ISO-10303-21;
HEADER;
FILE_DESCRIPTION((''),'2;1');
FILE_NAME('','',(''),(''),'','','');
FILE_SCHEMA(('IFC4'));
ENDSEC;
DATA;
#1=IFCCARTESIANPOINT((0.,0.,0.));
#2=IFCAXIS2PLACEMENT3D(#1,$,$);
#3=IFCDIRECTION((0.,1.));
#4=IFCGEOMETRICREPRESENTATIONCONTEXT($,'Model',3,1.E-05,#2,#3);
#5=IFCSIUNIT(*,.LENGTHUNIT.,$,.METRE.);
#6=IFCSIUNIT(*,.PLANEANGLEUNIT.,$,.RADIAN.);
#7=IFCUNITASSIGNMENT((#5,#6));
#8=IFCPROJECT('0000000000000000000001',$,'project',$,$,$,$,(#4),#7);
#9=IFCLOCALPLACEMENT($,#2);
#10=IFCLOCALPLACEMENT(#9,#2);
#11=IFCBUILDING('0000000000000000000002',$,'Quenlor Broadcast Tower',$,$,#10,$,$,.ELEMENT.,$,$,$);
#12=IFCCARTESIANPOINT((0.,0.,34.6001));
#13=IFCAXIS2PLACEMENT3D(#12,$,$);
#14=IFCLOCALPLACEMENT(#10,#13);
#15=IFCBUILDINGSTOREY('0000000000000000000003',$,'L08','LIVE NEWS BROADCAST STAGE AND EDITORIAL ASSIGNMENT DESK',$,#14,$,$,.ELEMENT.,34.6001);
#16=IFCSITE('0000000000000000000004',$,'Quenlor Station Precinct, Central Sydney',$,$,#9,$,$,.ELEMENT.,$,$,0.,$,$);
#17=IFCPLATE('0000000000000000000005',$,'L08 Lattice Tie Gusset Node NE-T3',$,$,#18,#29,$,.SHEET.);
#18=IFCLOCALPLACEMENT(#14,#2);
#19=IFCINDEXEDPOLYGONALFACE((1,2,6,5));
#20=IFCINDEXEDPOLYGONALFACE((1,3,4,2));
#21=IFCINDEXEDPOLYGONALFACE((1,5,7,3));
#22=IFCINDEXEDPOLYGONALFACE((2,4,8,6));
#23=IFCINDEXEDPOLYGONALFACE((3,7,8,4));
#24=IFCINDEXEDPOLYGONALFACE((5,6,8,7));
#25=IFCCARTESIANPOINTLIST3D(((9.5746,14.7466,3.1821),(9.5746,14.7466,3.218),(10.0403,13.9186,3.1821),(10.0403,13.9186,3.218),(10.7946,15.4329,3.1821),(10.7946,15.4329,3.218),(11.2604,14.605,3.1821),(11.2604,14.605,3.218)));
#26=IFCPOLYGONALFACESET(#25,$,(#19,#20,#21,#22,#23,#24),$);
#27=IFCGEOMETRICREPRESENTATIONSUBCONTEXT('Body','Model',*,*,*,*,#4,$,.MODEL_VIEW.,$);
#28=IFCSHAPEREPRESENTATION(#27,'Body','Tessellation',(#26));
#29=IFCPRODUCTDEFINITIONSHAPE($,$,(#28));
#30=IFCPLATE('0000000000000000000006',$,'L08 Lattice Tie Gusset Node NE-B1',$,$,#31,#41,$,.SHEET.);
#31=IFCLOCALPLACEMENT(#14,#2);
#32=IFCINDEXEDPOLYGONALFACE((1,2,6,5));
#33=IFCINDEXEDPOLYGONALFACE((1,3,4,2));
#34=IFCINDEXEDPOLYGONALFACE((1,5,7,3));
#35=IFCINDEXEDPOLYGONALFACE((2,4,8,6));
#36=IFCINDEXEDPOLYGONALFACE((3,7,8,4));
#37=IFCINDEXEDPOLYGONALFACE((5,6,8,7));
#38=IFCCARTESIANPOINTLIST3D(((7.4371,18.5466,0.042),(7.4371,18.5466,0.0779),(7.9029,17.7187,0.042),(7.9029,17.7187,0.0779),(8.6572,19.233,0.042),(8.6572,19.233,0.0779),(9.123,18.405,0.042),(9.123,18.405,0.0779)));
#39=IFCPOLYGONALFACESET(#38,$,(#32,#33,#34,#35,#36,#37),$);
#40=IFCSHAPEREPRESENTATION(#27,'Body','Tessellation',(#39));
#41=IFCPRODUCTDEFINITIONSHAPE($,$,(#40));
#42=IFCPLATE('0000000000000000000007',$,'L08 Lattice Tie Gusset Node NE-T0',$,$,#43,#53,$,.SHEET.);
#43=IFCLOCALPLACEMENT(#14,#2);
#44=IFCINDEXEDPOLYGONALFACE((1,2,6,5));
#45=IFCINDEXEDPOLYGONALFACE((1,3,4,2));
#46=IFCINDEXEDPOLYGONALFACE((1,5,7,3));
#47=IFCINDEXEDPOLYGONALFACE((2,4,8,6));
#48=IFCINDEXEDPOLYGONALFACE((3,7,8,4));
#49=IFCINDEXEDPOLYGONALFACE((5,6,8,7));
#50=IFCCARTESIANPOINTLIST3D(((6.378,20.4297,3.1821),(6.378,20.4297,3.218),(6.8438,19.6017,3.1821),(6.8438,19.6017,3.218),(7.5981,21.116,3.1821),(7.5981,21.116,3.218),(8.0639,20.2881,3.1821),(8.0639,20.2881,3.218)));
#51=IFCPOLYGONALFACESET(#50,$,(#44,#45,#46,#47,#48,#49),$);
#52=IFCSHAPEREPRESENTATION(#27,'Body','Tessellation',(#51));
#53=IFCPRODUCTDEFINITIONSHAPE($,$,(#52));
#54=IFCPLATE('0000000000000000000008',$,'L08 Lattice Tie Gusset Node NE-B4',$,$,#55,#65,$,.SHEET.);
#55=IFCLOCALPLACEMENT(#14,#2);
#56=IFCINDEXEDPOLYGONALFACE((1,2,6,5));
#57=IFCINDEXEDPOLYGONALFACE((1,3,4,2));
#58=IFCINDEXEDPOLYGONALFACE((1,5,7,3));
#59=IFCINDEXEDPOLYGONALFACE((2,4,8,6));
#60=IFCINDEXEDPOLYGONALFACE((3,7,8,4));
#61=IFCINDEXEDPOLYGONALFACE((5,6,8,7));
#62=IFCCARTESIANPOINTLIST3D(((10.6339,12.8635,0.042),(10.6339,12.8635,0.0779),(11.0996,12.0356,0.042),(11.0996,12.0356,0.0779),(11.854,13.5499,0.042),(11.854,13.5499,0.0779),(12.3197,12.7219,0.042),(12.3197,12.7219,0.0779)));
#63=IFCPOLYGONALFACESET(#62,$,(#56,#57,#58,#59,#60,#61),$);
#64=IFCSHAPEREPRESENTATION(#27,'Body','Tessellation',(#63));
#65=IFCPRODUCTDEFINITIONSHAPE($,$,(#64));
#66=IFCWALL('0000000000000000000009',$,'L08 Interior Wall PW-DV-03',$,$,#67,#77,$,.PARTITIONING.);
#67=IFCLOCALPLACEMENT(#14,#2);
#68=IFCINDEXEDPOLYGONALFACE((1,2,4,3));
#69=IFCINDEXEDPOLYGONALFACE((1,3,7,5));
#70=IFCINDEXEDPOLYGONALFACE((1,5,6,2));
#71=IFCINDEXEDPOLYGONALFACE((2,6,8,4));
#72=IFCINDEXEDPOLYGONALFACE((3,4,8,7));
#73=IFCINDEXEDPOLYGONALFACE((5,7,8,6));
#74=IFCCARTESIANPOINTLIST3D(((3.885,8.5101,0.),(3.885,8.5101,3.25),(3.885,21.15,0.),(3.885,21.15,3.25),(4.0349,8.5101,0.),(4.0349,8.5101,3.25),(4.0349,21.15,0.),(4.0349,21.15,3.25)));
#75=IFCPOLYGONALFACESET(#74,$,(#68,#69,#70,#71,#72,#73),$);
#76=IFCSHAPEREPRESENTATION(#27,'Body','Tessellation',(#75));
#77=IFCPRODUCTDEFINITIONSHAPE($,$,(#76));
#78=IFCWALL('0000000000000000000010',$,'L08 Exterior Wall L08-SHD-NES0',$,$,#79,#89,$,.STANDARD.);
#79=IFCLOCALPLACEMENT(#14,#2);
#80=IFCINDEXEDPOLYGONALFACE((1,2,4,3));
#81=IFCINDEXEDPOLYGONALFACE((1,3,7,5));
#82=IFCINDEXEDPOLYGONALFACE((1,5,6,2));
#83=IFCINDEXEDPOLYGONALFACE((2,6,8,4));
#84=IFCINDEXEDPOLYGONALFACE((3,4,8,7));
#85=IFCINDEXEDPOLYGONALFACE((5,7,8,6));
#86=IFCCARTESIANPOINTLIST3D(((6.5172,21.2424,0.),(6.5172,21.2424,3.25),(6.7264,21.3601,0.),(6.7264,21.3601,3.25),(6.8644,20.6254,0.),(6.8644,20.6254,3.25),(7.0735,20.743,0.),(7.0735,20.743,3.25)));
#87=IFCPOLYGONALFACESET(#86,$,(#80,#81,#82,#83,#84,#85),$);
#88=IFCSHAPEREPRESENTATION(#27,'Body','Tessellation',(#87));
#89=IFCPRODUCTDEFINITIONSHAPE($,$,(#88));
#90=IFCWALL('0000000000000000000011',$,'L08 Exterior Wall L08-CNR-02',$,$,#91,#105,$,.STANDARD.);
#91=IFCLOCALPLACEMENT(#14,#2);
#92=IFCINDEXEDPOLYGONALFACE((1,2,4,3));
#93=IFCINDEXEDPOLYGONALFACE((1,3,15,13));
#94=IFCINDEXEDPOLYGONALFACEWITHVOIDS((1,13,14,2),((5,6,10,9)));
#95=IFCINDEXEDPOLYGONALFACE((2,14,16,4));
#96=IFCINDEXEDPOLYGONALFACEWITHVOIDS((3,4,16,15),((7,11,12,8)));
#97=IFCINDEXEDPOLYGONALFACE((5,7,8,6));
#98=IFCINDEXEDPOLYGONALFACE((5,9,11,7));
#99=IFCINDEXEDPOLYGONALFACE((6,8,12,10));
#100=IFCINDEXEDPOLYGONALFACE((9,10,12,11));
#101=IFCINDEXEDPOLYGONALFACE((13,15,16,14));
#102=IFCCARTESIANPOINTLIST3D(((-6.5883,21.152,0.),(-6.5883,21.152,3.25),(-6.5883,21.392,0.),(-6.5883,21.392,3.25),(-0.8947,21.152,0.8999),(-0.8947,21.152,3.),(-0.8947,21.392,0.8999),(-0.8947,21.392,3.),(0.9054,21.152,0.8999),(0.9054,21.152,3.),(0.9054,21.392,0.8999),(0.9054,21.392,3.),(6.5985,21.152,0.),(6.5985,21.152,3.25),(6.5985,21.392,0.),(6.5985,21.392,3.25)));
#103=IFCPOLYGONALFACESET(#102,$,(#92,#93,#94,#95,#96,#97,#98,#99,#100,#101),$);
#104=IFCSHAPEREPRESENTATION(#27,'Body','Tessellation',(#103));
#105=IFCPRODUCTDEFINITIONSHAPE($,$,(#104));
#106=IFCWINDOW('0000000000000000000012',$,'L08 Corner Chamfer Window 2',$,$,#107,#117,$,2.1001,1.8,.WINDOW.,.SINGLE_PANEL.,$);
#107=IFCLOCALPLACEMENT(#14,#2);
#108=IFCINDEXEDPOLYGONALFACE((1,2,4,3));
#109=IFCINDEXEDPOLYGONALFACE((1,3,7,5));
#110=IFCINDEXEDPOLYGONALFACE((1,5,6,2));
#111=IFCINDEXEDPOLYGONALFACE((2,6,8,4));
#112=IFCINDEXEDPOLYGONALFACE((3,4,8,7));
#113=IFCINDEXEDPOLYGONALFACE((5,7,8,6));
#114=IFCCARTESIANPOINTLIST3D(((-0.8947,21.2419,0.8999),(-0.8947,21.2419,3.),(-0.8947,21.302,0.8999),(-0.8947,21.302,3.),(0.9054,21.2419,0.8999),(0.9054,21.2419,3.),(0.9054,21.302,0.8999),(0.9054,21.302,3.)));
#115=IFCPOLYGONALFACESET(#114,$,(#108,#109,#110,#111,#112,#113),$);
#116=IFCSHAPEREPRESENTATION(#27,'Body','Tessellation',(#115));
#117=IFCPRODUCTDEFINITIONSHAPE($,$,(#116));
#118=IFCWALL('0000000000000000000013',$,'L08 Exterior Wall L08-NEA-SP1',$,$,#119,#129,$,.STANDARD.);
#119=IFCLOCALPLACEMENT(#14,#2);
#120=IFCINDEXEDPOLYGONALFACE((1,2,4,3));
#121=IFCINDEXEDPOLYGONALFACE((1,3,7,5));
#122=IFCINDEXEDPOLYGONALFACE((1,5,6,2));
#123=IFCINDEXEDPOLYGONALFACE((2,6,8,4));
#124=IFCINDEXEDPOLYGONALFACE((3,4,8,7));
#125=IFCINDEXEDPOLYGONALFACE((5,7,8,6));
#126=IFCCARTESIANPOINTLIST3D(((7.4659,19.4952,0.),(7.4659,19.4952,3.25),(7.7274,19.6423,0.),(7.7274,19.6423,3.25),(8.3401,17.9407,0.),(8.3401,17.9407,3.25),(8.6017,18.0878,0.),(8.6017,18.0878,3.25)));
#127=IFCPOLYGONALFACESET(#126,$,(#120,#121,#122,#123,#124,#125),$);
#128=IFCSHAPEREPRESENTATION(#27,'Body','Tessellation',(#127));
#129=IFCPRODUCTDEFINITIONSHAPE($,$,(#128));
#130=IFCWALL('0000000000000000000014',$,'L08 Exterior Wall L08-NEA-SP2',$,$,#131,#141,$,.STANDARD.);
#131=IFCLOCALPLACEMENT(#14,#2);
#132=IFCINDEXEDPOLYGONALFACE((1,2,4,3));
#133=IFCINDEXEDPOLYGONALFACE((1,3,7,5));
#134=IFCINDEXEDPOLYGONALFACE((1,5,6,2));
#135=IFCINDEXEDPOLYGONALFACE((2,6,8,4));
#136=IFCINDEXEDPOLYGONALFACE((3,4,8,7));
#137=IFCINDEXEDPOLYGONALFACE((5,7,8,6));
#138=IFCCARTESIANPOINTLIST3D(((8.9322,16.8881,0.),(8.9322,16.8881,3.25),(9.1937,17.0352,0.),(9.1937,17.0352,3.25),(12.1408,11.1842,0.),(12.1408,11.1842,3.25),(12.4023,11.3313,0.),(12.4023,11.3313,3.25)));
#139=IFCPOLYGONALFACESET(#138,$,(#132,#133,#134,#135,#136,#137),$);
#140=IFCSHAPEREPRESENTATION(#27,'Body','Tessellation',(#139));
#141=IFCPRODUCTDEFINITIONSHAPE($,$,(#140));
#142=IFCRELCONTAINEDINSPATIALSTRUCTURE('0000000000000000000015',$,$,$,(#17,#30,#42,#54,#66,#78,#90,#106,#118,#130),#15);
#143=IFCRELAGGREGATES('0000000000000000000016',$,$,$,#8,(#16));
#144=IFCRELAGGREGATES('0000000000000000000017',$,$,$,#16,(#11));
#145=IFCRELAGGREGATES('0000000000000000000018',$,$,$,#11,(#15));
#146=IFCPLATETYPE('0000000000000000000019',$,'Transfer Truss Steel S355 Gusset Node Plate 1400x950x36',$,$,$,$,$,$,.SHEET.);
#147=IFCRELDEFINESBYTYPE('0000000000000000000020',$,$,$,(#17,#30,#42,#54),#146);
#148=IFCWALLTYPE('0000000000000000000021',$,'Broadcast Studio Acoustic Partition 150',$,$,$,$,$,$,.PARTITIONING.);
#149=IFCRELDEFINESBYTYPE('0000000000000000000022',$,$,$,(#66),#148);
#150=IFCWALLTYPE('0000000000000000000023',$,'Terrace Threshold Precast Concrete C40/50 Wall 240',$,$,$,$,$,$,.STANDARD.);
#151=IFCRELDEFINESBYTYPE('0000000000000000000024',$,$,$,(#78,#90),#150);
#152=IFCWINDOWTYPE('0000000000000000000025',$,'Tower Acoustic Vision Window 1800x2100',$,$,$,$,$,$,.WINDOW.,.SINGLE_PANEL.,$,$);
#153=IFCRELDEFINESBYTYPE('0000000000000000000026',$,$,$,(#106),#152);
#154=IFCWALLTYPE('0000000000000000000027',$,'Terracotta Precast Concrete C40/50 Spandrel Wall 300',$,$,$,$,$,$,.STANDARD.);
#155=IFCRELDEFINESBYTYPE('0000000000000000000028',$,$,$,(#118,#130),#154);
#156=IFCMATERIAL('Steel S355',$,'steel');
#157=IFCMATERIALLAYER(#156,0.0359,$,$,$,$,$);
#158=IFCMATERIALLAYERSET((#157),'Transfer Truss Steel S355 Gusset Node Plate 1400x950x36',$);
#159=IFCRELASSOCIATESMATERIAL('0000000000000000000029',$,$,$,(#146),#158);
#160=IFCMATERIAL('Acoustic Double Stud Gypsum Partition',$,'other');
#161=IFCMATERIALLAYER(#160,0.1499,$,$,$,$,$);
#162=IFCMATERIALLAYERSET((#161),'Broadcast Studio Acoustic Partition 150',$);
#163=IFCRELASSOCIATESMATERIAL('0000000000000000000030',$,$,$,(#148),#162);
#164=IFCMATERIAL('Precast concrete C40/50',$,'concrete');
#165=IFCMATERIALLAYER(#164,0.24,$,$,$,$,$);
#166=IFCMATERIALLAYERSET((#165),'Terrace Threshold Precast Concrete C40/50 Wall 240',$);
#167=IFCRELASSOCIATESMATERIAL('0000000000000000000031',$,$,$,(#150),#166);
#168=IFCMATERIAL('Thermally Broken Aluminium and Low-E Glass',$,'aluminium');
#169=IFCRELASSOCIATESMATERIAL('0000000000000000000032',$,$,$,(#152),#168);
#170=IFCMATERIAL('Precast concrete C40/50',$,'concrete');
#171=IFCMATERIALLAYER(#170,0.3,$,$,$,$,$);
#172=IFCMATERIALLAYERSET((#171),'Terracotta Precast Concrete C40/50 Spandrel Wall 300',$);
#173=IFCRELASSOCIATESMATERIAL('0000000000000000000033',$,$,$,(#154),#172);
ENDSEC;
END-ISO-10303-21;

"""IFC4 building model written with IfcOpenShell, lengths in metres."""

from ifc_helpers import new_model, si_unit, direction, frame, frame_2d, origin, origin_2d, place, context, subcontext, project, spatial, rectangle, extrude, material, layer, layer_set, type_object, element, fill, save


model = new_model("IFC4")

# Units and contexts
model_context = context("Model", 3, precision=1e-05, world=origin(), true_north=direction((0.0, 1.0)))
body_context = subcontext(model_context, "Body", "Model", "MODEL_VIEW")
ifc_project = project(units=[si_unit("LENGTHUNIT", "METRE"), si_unit("PLANEANGLEUNIT", "RADIAN")], contexts=[model_context])

# Site, building, storey
site_placement = place(None, origin())
site = spatial("IfcSite", under=ifc_project, at=site_placement, Name="Quenlor Station Precinct, Central Sydney", CompositionType="ELEMENT", RefElevation=0.0)
building_placement = place(site_placement, origin())
building = spatial("IfcBuilding", under=site, at=building_placement, Name="Quenlor Broadcast Tower", CompositionType="ELEMENT")
storey_placement = place(building_placement, frame((0.0, 0.0, 34.6001)))
storey = spatial("IfcBuildingStorey", under=building, at=storey_placement, Name="L08", Description="LIVE NEWS BROADCAST STAGE AND EDITORIAL ASSIGNMENT DESK", CompositionType="ELEMENT", Elevation=34.6001)

# Plates
ifc_material_1 = material(Name="Steel S355", Category="steel")
ifc_layer_1 = layer(ifc_material_1, 0.0359)
ifc_layer_set_1 = layer_set([ifc_layer_1], Name="Transfer Truss Steel S355 Gusset Node Plate 1400x950x36")
plate_type_1 = type_object("IfcPlateType", Name="Transfer Truss Steel S355 Gusset Node Plate 1400x950x36", PredefinedType="SHEET", material=ifc_layer_set_1)
for number, where, z_axis, x_axis, name in (
    (1, (10.4175, 14.6758, 3.1821), (0.0, 0.0, 1.0), (0.871556, 0.490295, 0.0), "L08 Lattice Tie Gusset Node NE-T3"),
    (2, (8.28, 18.4758, 0.042), (0.0, 0.0, 1.0), (0.871556, 0.490295, 0.0), "L08 Lattice Tie Gusset Node NE-B1"),
    (3, (7.2209, 20.3589, 3.1821), (0.0, 0.0, 1.0), (0.871556, 0.490295, 0.0), "L08 Lattice Tie Gusset Node NE-T0"),
    (4, (11.4768, 12.7927, 0.042), (0.0, 0.0, 1.0), (0.871556, 0.490295, 0.0), "L08 Lattice Tie Gusset Node NE-B4"),
):
    element("IfcPlate", number, at=place(storey_placement, frame(where, z_axis=z_axis, x_axis=x_axis)), inside=storey, type_object=plate_type_1, Name=name, PredefinedType="SHEET", context=body_context, shape_type="SweptSolid", body=[
        extrude(rectangle(XDim=1.3999, YDim=0.95, at=origin_2d()), origin(), (0.0, 0.0, 1.0), 0.0359),
    ])

# Walls
ifc_material_2 = material(Name="Acoustic Double Stud Gypsum Partition", Category="other")
ifc_layer_2 = layer(ifc_material_2, 0.1499)
ifc_layer_set_2 = layer_set([ifc_layer_2], Name="Broadcast Studio Acoustic Partition 150")
wall_type_1 = type_object("IfcWallType", Name="Broadcast Studio Acoustic Partition 150", PredefinedType="PARTITIONING", material=ifc_layer_set_2)
wall_1_placement = place(storey_placement, frame((3.96, 21.1499, 0.0), z_axis=(0.0, 0.0, 1.0), x_axis=(0.0, -1.0, 0.0)))
element("IfcWall", 5, at=wall_1_placement, inside=storey, type_object=wall_type_1, Name="L08 Interior Wall PW-DV-03", PredefinedType="PARTITIONING", context=body_context, shape_type="SweptSolid", body=[
    extrude(rectangle(XDim=12.6399, YDim=0.1499, at=frame_2d((6.3198, 0.0))), origin(), (0.0, 0.0, 1.0), 3.25),
])
ifc_material_3 = material(Name="Precast concrete C40/50", Category="concrete")
ifc_layer_3 = layer(ifc_material_3, 0.24)
ifc_layer_set_3 = layer_set([ifc_layer_3], Name="Terrace Threshold Precast Concrete C40/50 Wall 240")
wall_type_2 = type_object("IfcWallType", Name="Terrace Threshold Precast Concrete C40/50 Wall 240", PredefinedType="STANDARD", material=ifc_layer_set_3)
wall_2_placement = place(storey_placement, frame((6.6218, 21.3013, 0.0), z_axis=(0.0, 0.0, 1.0), x_axis=(0.490261, -0.871576, 0.0)))
element("IfcWall", 6, at=wall_2_placement, inside=storey, type_object=wall_type_2, Name="L08 Exterior Wall L08-SHD-NES0", PredefinedType="STANDARD", context=body_context, shape_type="SweptSolid", body=[
    extrude(rectangle(XDim=0.708, YDim=0.24, at=frame_2d((0.354, 0.0))), origin(), (0.0, 0.0, 1.0), 3.25),
])

# Wall, opening, window
wall_3_placement = place(storey_placement, frame((6.5984, 21.272, 0.0), z_axis=(0.0, 0.0, 1.0), x_axis=(-1.0, 0.0, 0.0)))
wall_3 = element("IfcWall", 7, at=wall_3_placement, inside=storey, type_object=wall_type_2, Name="L08 Exterior Wall L08-CNR-02", PredefinedType="STANDARD", context=body_context, shape_type="SweptSolid", body=[
    extrude(rectangle(XDim=13.1868, YDim=0.24, at=frame_2d((6.5933, 0.0))), origin(), (0.0, 0.0, 1.0), 3.25),
])
opening_placement = place(wall_3_placement, frame((5.6931, 0.0, 0.8999)))
opening = element("IfcOpeningElement", 8, at=opening_placement, cuts=wall_3, PredefinedType="OPENING", context=body_context, shape_type="SweptSolid", body=[
    extrude(rectangle(XDim=1.8, YDim=2.1001, at=frame_2d((0.8999, 1.05))), frame((0.0, 0.1299, 0.0), z_axis=(0.0, -1.0, 0.0), x_axis=(1.0, 0.0, 0.0)), (0.0, 0.0, 1.0), 0.26),
])
ifc_material_4 = material(Name="Thermally Broken Aluminium and Low-E Glass", Category="aluminium")
window_type = type_object("IfcWindowType", Name="Tower Acoustic Vision Window 1800x2100", PartitioningType="SINGLE_PANEL", PredefinedType="WINDOW", material=ifc_material_4)
window_placement = place(opening_placement, origin())
window = element("IfcWindow", 9, at=window_placement, inside=storey, type_object=window_type, Name="L08 Corner Chamfer Window 2", OverallHeight=2.1001, OverallWidth=1.8, PartitioningType="SINGLE_PANEL", PredefinedType="WINDOW", context=body_context, shape_type="SweptSolid", body=[
    extrude(rectangle(XDim=1.8, YDim=2.1001, at=frame_2d((0.8999, 1.05))), frame((0.0, 0.03, 0.0), z_axis=(0.0, -1.0, 0.0), x_axis=(1.0, 0.0, 0.0)), (0.0, 0.0, 1.0), 0.0601),
])
fill(opening, window)

# Walls
ifc_material_5 = material(Name="Precast concrete C40/50", Category="concrete")
ifc_layer_4 = layer(ifc_material_5, 0.3)
ifc_layer_set_4 = layer_set([ifc_layer_4], Name="Terracotta Precast Concrete C40/50 Spandrel Wall 300")
wall_type_3 = type_object("IfcWallType", Name="Terracotta Precast Concrete C40/50 Spandrel Wall 300", PredefinedType="STANDARD", material=ifc_layer_set_4)
wall_4_placement = place(storey_placement, frame((7.5967, 19.5686, 0.0), z_axis=(0.0, 0.0, 1.0), x_axis=(0.490216, -0.871601, 0.0)))
element("IfcWall", 10, at=wall_4_placement, inside=storey, type_object=wall_type_3, Name="L08 Exterior Wall L08-NEA-SP1", PredefinedType="STANDARD", context=body_context, shape_type="SweptSolid", body=[
    extrude(rectangle(XDim=1.7834, YDim=0.3, at=frame_2d((0.8916, 0.0))), origin(), (0.0, 0.0, 1.0), 3.25),
])
wall_5_placement = place(storey_placement, frame((9.063, 16.9617, 0.0), z_axis=(0.0, 0.0, 1.0), x_axis=(0.49027, -0.871571, 0.0)))
element("IfcWall", 11, at=wall_5_placement, inside=storey, type_object=wall_type_3, Name="L08 Exterior Wall L08-NEA-SP2", PredefinedType="STANDARD", context=body_context, shape_type="SweptSolid", body=[
    extrude(rectangle(XDim=6.5444, YDim=0.3, at=frame_2d((3.2722, 0.0))), origin(), (0.0, 0.0, 1.0), 3.25),
])

save(model, "model.ifc")
